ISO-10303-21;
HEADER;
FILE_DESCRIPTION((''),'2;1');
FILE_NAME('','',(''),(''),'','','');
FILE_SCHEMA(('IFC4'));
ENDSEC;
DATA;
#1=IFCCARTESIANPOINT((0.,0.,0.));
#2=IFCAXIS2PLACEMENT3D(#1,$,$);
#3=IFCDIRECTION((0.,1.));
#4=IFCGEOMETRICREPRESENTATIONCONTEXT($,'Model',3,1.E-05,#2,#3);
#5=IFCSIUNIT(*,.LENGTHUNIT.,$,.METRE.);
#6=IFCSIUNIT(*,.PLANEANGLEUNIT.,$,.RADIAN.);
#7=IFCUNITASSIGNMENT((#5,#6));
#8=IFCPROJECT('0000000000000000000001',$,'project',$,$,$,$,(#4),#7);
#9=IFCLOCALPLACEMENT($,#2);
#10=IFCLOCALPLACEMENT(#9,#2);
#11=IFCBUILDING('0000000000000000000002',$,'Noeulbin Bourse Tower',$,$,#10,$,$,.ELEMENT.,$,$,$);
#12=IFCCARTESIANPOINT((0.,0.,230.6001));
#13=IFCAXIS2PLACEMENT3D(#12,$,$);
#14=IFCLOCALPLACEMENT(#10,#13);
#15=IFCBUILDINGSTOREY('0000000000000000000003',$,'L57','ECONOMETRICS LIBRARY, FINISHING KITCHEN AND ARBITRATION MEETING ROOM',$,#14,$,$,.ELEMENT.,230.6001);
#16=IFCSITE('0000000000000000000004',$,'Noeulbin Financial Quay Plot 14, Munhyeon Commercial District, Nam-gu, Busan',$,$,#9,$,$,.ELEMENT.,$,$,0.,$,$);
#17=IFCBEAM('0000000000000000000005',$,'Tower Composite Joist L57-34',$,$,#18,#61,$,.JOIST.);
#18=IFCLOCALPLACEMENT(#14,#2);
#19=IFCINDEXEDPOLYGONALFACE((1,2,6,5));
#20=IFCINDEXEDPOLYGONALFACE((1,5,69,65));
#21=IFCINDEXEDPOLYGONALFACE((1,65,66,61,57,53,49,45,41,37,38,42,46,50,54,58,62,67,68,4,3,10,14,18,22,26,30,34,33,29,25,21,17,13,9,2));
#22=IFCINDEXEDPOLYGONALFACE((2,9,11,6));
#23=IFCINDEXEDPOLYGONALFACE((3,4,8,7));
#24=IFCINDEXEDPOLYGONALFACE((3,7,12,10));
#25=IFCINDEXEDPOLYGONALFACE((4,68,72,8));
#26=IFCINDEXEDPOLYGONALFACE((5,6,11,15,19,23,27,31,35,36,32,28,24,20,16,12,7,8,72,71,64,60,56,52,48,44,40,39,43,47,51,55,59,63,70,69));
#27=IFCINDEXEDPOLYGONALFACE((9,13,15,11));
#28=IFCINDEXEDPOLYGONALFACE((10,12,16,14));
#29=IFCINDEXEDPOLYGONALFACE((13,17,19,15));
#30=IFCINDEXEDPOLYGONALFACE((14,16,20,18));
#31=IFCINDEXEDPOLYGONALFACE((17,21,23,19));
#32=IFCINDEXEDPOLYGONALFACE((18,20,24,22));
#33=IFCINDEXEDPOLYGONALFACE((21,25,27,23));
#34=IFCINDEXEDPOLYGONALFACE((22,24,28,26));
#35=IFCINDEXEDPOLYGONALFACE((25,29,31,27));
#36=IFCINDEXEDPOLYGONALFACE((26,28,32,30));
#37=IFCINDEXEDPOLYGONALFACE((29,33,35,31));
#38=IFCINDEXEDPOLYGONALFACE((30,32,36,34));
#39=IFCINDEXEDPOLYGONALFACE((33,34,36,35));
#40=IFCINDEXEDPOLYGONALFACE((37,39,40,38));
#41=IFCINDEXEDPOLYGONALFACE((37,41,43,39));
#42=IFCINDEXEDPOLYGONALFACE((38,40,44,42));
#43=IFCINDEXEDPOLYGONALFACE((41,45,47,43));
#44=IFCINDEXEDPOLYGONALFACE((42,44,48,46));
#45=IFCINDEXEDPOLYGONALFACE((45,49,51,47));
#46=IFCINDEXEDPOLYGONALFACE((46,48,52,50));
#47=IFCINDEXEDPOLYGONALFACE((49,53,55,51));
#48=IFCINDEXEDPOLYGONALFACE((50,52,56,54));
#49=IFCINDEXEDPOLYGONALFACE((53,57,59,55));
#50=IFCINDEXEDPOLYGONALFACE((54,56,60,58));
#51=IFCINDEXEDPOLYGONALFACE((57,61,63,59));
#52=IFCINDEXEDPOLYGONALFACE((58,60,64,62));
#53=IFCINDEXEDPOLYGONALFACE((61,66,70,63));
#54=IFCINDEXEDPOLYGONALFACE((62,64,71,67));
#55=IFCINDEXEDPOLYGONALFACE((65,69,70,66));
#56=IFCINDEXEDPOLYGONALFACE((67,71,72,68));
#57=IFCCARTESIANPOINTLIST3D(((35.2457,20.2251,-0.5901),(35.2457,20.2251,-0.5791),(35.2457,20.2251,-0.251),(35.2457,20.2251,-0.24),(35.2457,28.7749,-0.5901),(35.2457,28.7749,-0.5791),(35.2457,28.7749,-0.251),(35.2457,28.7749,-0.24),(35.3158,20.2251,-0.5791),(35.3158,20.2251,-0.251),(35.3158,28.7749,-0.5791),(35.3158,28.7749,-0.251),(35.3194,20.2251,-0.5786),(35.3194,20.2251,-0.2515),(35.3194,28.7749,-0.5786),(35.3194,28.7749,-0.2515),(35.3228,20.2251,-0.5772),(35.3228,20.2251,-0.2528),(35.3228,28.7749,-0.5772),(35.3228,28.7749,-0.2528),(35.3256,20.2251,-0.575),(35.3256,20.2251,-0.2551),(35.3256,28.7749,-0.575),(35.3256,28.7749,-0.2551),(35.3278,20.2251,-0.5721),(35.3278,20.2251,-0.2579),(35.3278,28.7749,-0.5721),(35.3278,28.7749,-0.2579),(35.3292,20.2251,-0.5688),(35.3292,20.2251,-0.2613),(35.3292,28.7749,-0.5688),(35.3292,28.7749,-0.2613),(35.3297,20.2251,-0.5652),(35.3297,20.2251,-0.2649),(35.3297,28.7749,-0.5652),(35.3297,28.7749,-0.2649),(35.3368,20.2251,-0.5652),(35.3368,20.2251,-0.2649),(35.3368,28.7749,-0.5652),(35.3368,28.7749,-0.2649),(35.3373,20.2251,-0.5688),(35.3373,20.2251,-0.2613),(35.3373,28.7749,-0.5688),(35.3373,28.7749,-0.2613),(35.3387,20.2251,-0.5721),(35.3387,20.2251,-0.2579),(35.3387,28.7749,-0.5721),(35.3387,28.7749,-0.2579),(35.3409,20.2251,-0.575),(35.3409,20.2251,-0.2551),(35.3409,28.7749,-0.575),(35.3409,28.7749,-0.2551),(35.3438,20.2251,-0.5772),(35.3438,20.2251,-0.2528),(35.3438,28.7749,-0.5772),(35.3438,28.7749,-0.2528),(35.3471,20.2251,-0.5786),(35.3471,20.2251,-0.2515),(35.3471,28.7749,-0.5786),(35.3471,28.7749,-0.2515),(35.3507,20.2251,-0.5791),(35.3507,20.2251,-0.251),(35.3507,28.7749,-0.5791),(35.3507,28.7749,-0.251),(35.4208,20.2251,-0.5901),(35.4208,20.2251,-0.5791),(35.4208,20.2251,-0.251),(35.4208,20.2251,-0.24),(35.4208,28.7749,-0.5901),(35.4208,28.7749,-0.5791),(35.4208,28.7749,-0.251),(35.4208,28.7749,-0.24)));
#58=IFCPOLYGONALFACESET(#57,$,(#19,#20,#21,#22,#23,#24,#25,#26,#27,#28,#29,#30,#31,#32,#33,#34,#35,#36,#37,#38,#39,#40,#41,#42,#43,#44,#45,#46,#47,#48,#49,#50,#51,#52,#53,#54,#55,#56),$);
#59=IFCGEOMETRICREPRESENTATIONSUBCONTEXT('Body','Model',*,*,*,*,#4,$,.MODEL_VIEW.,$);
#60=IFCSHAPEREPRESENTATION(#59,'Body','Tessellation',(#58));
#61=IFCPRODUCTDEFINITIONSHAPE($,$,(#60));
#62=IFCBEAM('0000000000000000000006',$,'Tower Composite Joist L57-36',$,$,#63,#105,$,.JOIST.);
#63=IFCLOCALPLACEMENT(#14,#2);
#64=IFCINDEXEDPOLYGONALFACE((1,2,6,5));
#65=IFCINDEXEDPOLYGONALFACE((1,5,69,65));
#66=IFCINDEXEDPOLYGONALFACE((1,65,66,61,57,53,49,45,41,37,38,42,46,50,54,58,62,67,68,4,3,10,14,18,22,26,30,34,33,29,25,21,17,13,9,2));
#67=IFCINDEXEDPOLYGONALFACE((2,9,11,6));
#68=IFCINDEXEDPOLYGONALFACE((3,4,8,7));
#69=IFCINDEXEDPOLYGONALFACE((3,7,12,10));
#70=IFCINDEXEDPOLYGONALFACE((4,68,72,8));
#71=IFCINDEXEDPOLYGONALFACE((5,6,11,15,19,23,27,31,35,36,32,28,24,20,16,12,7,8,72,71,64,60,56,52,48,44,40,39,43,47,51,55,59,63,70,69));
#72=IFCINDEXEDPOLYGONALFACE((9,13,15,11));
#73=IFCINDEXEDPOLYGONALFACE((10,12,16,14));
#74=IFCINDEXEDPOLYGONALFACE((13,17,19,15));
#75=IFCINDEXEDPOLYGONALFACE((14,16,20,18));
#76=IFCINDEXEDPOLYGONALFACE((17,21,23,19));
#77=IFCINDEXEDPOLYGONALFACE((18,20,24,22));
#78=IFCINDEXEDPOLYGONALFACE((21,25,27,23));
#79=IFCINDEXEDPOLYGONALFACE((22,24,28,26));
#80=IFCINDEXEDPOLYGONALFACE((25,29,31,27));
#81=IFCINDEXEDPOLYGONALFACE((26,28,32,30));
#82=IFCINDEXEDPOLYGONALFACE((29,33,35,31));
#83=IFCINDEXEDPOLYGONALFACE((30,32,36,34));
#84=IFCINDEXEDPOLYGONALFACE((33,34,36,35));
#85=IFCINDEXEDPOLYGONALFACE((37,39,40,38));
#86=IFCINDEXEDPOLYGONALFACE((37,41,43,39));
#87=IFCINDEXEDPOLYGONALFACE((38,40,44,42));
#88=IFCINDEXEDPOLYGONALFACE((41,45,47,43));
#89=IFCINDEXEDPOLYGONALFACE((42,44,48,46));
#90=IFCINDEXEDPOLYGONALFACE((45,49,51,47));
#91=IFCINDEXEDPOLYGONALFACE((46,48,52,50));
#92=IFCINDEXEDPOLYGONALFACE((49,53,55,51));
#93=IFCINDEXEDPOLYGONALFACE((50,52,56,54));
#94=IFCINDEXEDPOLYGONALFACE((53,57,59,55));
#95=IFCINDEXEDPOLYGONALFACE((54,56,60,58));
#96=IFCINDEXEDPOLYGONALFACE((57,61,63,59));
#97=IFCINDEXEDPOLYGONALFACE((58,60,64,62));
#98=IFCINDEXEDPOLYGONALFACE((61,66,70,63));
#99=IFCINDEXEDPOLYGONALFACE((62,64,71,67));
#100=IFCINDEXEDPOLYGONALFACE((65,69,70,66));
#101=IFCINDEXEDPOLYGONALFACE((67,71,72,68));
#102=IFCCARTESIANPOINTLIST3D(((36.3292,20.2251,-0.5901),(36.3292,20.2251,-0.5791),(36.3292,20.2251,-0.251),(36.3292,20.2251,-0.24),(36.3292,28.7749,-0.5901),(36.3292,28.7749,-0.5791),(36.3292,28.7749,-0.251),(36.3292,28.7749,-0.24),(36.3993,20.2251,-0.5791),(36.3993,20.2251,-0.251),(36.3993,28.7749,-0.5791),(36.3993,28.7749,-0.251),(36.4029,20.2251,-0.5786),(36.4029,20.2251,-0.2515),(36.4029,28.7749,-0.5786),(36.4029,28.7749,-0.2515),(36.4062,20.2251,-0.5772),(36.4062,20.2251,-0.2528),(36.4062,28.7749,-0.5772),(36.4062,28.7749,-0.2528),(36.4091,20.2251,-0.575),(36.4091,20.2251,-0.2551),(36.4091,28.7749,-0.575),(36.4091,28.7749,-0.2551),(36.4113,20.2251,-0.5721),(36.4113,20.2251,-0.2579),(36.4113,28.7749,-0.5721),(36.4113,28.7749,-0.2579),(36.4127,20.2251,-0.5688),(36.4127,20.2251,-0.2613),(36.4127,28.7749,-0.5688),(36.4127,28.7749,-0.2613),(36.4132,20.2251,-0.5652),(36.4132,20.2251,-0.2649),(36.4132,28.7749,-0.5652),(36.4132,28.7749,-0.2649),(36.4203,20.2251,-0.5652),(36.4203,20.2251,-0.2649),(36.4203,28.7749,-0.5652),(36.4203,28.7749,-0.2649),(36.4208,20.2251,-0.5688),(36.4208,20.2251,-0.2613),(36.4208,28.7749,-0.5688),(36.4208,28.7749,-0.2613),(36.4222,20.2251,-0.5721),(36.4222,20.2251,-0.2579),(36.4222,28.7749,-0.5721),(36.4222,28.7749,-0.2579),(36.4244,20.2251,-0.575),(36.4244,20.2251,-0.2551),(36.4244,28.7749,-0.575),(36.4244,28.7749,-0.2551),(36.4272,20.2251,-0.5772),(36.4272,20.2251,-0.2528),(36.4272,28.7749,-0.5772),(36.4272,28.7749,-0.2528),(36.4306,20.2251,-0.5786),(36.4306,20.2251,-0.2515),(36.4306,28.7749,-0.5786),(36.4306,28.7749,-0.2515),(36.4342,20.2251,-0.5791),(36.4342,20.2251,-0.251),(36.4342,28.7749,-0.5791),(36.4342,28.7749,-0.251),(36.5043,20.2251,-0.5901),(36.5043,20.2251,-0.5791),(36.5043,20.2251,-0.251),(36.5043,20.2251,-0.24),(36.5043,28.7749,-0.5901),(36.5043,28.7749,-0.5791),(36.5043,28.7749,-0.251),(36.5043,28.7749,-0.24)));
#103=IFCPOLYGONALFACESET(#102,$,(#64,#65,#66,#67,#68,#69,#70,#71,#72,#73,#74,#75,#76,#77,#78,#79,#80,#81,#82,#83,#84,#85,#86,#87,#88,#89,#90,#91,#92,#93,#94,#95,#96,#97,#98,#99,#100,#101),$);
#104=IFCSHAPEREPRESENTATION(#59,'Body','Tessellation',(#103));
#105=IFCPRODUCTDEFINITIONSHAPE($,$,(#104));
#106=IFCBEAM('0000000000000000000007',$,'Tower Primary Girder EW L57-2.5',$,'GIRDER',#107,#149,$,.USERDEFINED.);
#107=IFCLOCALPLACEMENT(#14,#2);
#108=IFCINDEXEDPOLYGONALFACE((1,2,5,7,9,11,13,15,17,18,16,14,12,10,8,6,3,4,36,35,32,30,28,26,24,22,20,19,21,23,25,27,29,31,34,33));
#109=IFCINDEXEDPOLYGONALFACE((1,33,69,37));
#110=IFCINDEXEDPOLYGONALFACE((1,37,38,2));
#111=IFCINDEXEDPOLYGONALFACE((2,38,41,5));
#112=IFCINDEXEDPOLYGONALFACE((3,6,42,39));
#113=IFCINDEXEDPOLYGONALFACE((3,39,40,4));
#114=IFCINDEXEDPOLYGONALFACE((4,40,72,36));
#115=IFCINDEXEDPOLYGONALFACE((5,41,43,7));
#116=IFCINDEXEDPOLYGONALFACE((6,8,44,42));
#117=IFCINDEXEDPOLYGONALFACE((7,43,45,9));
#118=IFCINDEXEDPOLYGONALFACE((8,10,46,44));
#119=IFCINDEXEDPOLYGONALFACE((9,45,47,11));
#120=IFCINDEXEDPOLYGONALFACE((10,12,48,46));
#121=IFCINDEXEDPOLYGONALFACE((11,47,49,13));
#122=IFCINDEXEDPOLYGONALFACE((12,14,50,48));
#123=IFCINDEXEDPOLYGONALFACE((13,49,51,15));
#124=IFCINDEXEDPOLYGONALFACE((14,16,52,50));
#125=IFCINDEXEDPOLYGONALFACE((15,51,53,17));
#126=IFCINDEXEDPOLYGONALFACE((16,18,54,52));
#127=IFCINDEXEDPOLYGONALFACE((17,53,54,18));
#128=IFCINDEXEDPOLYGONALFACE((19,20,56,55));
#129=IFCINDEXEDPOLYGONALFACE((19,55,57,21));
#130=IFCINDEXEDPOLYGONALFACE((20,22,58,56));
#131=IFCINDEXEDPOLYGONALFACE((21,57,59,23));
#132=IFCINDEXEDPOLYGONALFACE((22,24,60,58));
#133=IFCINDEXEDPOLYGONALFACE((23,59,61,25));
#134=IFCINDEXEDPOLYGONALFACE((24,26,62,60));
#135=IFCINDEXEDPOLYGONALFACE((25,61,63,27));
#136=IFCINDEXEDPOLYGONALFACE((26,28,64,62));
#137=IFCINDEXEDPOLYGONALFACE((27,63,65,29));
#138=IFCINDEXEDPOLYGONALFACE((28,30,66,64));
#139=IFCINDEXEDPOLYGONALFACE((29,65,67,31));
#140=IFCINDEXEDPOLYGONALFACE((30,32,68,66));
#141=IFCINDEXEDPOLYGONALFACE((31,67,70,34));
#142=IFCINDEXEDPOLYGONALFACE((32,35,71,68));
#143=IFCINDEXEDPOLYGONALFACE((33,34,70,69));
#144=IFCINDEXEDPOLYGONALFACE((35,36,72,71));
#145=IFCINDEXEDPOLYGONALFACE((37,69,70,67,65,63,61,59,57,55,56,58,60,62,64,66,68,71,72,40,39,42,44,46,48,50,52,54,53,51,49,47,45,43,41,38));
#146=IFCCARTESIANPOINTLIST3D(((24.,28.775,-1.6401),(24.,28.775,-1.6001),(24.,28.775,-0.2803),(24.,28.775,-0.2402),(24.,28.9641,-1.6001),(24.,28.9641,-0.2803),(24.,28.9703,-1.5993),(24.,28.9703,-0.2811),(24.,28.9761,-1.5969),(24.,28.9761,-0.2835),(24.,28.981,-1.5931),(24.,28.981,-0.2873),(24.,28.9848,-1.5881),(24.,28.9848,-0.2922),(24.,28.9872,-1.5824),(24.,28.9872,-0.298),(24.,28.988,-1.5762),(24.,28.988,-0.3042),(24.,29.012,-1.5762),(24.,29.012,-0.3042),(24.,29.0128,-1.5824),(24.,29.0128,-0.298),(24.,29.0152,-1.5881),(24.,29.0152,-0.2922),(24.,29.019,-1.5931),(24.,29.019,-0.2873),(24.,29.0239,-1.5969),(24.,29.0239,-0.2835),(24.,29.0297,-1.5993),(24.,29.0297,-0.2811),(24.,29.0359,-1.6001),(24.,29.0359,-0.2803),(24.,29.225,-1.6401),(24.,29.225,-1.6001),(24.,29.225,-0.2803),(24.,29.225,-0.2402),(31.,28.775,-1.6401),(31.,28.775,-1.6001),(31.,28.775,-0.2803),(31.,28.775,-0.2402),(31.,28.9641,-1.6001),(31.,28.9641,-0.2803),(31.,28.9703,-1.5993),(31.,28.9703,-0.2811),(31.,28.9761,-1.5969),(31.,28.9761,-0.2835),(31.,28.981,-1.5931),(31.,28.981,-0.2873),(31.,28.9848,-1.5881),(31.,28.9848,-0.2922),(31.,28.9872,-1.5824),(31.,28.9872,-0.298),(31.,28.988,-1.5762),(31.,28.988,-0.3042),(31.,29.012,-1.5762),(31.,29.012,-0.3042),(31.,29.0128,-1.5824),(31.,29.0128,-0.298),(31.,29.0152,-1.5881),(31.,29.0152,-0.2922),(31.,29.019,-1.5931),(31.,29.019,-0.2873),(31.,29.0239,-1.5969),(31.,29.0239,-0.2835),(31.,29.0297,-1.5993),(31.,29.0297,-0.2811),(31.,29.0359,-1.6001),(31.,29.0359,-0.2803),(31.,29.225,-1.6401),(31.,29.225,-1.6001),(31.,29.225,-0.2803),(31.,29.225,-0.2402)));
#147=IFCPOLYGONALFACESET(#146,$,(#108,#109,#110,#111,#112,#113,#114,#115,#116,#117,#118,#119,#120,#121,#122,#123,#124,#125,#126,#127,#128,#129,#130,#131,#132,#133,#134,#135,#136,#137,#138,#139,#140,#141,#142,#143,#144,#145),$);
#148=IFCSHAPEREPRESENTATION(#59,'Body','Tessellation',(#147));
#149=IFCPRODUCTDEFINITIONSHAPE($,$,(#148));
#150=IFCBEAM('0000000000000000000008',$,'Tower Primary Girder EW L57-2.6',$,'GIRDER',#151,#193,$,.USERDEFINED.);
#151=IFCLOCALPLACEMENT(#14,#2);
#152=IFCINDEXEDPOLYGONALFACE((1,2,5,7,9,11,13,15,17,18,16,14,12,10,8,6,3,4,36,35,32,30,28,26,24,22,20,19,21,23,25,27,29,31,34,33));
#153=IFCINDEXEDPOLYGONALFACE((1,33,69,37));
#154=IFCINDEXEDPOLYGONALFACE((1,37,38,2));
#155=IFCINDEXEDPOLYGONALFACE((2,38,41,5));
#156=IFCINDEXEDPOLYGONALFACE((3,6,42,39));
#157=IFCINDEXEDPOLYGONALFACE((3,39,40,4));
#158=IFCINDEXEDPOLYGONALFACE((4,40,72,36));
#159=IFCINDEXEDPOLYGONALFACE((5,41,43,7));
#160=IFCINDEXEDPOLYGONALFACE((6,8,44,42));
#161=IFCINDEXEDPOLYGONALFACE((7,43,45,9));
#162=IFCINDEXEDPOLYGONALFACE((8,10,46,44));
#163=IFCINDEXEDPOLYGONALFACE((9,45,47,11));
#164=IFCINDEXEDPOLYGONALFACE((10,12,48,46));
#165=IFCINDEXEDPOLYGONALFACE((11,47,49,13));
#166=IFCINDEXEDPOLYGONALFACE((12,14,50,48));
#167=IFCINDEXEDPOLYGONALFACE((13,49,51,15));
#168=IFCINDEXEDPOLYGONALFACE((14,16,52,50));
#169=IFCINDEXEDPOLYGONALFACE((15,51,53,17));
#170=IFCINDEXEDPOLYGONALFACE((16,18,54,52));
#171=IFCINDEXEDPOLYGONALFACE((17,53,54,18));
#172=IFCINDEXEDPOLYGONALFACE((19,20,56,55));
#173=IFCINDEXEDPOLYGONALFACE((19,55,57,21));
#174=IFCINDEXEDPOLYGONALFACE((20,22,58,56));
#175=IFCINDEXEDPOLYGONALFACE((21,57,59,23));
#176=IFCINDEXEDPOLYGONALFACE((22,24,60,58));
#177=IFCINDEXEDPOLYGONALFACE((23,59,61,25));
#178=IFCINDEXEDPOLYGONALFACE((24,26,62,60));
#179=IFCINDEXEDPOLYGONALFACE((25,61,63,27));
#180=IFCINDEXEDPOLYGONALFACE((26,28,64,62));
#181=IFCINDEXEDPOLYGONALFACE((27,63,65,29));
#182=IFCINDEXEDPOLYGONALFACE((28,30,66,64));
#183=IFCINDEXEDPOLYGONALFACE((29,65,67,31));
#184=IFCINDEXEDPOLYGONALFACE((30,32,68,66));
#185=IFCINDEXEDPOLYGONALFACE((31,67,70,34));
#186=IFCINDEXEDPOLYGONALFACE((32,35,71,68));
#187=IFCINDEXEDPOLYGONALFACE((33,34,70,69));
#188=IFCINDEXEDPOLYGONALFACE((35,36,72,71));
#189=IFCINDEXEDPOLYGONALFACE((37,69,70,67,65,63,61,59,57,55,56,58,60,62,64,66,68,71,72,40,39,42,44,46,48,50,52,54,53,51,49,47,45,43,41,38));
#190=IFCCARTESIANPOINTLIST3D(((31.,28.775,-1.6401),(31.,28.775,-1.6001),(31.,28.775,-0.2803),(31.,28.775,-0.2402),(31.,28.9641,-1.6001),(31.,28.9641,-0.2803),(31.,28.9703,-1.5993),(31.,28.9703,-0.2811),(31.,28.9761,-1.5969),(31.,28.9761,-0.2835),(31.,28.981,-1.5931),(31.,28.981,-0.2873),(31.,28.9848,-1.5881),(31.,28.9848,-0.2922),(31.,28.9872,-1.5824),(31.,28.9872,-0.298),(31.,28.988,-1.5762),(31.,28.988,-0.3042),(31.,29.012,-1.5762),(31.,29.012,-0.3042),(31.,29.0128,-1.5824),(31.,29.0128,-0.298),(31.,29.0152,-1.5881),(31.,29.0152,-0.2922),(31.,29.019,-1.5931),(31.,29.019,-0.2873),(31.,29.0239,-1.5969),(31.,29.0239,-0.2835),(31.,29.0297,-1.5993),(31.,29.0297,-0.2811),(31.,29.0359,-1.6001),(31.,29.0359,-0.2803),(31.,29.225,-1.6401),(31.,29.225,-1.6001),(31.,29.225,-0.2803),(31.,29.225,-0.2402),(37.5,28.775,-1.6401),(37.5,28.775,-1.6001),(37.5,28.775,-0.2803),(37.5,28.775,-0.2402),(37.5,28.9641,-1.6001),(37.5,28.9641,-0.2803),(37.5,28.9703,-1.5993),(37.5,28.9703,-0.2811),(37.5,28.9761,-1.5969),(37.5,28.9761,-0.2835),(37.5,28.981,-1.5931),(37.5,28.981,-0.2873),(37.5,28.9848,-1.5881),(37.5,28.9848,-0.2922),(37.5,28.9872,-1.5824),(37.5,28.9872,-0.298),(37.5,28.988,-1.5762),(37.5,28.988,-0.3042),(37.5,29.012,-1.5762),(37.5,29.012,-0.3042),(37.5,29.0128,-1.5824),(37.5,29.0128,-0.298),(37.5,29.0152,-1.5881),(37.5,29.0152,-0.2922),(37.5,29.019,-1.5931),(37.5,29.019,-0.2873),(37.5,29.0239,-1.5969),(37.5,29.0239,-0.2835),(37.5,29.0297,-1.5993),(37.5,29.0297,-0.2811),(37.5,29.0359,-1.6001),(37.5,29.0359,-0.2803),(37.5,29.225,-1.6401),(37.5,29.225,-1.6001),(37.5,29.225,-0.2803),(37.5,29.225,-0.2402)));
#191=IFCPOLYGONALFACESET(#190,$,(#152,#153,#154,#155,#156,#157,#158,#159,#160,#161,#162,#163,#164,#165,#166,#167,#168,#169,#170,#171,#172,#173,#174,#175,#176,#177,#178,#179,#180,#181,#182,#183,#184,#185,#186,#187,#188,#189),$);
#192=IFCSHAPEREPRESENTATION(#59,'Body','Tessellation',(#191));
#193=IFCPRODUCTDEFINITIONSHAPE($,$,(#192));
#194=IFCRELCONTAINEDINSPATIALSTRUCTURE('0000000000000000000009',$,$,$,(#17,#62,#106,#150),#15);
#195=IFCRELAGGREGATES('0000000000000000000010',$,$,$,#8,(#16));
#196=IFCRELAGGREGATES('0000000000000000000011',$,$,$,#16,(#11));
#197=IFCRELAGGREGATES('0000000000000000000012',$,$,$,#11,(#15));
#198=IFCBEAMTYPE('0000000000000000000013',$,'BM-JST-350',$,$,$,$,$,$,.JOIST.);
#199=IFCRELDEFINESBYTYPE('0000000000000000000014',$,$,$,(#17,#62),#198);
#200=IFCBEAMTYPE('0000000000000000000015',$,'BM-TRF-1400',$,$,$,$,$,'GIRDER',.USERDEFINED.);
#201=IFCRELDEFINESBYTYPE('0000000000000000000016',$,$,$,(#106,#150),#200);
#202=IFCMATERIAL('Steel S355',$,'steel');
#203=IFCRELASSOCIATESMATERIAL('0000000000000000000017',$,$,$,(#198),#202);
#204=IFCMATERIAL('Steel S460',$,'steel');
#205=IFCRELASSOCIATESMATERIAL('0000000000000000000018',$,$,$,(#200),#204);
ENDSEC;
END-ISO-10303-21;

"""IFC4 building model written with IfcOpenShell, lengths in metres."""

from ifc_helpers import new_model, si_unit, direction, frame, origin, origin_2d, place, context, subcontext, project, spatial, i_section, extrude, material, material_profile, profile_set, type_object, element, save


model = new_model("IFC4")

# Units and contexts
model_context = context("Model", 3, precision=1e-05, world=origin(), true_north=direction((0.0, 1.0)))
body_context = subcontext(model_context, "Body", "Model", "MODEL_VIEW")
ifc_project = project(units=[si_unit("LENGTHUNIT", "METRE"), si_unit("PLANEANGLEUNIT", "RADIAN")], contexts=[model_context])

# Site, building, storey
site_placement = place(None, origin())
site = spatial("IfcSite", under=ifc_project, at=site_placement, Name="Noeulbin Financial Quay Plot 14, Munhyeon Commercial District, Nam-gu, Busan", CompositionType="ELEMENT", RefElevation=0.0)
building_placement = place(site_placement, origin())
building = spatial("IfcBuilding", under=site, at=building_placement, Name="Noeulbin Bourse Tower", CompositionType="ELEMENT")
storey_placement = place(building_placement, frame((0.0, 0.0, 230.6001)))
storey = spatial("IfcBuildingStorey", under=building, at=storey_placement, Name="L57", Description="ECONOMETRICS LIBRARY, FINISHING KITCHEN AND ARBITRATION MEETING ROOM", CompositionType="ELEMENT", Elevation=230.6001)

# Shared definitions
ifc_material_1 = material(Name="Steel S355", Category="steel")

# Beams
ifc_material_profile_1 = material_profile(ifc_material_1, i_section(OverallWidth=0.175, OverallDepth=0.3501, WebThickness=0.0071, FlangeThickness=0.011, FilletRadius=0.0139, at=origin_2d()), Name="H-350x175x7x11", Category="LoadBearing")
ifc_profile_set_1 = profile_set([ifc_material_profile_1], Name="Steel S355")
beam_type_1 = type_object("IfcBeamType", Name="BM-JST-350", PredefinedType="JOIST", material=ifc_profile_set_1)
for number, where, z_axis, x_axis, name in (
    (1, (35.3333, 20.2251, -0.415), (0.0, 1.0, 0.0), (-1.0, 0.0, 0.0), "Tower Composite Joist L57-34"),
    (2, (36.4167, 20.2251, -0.415), (0.0, 1.0, 0.0), (-1.0, 0.0, 0.0), "Tower Composite Joist L57-36"),
):
    element("IfcBeam", number, at=place(storey_placement, frame(where, z_axis=z_axis, x_axis=x_axis)), inside=storey, type_object=beam_type_1, Name=name, PredefinedType="JOIST", context=body_context, shape_type="SweptSolid", body=[
        extrude(i_section(OverallWidth=0.175, OverallDepth=0.3501, WebThickness=0.0071, FlangeThickness=0.011, FilletRadius=0.0139, at=origin_2d()), origin(), (0.0, 0.0, 1.0), 8.5498),
    ])
ifc_material_2 = material(Name="Steel S460", Category="steel")
ifc_material_profile_2 = material_profile(ifc_material_2, i_section(OverallWidth=0.45, OverallDepth=1.3999, WebThickness=0.0239, FlangeThickness=0.04, FilletRadius=0.0239, at=origin_2d()), Name="PG-1400x450x24x40", Category="LoadBearing")
ifc_profile_set_2 = profile_set([ifc_material_profile_2], Name="Steel S460")
beam_type_2 = type_object("IfcBeamType", Name="BM-TRF-1400", ElementType="GIRDER", PredefinedType="USERDEFINED", material=ifc_profile_set_2)
beam_1_placement = place(storey_placement, frame((24.0, 29.0, -0.9402), z_axis=(1.0, 0.0, 0.0), x_axis=(0.0, 1.0, 0.0)))
element("IfcBeam", 3, at=beam_1_placement, inside=storey, type_object=beam_type_2, Name="Tower Primary Girder EW L57-2.5", ObjectType="GIRDER", PredefinedType="USERDEFINED", context=body_context, shape_type="SweptSolid", body=[
    extrude(i_section(OverallWidth=0.45, OverallDepth=1.3999, WebThickness=0.0239, FlangeThickness=0.04, FilletRadius=0.0239, at=origin_2d()), origin(), (0.0, 0.0, 1.0), 7.0),
])
beam_2_placement = place(storey_placement, frame((31.0, 29.0, -0.9402), z_axis=(1.0, 0.0, 0.0), x_axis=(0.0, 1.0, 0.0)))
element("IfcBeam", 4, at=beam_2_placement, inside=storey, type_object=beam_type_2, Name="Tower Primary Girder EW L57-2.6", ObjectType="GIRDER", PredefinedType="USERDEFINED", context=body_context, shape_type="SweptSolid", body=[
    extrude(i_section(OverallWidth=0.45, OverallDepth=1.3999, WebThickness=0.0239, FlangeThickness=0.04, FilletRadius=0.0239, at=origin_2d()), origin(), (0.0, 0.0, 1.0), 6.5),
])

save(model, "model.ifc")
